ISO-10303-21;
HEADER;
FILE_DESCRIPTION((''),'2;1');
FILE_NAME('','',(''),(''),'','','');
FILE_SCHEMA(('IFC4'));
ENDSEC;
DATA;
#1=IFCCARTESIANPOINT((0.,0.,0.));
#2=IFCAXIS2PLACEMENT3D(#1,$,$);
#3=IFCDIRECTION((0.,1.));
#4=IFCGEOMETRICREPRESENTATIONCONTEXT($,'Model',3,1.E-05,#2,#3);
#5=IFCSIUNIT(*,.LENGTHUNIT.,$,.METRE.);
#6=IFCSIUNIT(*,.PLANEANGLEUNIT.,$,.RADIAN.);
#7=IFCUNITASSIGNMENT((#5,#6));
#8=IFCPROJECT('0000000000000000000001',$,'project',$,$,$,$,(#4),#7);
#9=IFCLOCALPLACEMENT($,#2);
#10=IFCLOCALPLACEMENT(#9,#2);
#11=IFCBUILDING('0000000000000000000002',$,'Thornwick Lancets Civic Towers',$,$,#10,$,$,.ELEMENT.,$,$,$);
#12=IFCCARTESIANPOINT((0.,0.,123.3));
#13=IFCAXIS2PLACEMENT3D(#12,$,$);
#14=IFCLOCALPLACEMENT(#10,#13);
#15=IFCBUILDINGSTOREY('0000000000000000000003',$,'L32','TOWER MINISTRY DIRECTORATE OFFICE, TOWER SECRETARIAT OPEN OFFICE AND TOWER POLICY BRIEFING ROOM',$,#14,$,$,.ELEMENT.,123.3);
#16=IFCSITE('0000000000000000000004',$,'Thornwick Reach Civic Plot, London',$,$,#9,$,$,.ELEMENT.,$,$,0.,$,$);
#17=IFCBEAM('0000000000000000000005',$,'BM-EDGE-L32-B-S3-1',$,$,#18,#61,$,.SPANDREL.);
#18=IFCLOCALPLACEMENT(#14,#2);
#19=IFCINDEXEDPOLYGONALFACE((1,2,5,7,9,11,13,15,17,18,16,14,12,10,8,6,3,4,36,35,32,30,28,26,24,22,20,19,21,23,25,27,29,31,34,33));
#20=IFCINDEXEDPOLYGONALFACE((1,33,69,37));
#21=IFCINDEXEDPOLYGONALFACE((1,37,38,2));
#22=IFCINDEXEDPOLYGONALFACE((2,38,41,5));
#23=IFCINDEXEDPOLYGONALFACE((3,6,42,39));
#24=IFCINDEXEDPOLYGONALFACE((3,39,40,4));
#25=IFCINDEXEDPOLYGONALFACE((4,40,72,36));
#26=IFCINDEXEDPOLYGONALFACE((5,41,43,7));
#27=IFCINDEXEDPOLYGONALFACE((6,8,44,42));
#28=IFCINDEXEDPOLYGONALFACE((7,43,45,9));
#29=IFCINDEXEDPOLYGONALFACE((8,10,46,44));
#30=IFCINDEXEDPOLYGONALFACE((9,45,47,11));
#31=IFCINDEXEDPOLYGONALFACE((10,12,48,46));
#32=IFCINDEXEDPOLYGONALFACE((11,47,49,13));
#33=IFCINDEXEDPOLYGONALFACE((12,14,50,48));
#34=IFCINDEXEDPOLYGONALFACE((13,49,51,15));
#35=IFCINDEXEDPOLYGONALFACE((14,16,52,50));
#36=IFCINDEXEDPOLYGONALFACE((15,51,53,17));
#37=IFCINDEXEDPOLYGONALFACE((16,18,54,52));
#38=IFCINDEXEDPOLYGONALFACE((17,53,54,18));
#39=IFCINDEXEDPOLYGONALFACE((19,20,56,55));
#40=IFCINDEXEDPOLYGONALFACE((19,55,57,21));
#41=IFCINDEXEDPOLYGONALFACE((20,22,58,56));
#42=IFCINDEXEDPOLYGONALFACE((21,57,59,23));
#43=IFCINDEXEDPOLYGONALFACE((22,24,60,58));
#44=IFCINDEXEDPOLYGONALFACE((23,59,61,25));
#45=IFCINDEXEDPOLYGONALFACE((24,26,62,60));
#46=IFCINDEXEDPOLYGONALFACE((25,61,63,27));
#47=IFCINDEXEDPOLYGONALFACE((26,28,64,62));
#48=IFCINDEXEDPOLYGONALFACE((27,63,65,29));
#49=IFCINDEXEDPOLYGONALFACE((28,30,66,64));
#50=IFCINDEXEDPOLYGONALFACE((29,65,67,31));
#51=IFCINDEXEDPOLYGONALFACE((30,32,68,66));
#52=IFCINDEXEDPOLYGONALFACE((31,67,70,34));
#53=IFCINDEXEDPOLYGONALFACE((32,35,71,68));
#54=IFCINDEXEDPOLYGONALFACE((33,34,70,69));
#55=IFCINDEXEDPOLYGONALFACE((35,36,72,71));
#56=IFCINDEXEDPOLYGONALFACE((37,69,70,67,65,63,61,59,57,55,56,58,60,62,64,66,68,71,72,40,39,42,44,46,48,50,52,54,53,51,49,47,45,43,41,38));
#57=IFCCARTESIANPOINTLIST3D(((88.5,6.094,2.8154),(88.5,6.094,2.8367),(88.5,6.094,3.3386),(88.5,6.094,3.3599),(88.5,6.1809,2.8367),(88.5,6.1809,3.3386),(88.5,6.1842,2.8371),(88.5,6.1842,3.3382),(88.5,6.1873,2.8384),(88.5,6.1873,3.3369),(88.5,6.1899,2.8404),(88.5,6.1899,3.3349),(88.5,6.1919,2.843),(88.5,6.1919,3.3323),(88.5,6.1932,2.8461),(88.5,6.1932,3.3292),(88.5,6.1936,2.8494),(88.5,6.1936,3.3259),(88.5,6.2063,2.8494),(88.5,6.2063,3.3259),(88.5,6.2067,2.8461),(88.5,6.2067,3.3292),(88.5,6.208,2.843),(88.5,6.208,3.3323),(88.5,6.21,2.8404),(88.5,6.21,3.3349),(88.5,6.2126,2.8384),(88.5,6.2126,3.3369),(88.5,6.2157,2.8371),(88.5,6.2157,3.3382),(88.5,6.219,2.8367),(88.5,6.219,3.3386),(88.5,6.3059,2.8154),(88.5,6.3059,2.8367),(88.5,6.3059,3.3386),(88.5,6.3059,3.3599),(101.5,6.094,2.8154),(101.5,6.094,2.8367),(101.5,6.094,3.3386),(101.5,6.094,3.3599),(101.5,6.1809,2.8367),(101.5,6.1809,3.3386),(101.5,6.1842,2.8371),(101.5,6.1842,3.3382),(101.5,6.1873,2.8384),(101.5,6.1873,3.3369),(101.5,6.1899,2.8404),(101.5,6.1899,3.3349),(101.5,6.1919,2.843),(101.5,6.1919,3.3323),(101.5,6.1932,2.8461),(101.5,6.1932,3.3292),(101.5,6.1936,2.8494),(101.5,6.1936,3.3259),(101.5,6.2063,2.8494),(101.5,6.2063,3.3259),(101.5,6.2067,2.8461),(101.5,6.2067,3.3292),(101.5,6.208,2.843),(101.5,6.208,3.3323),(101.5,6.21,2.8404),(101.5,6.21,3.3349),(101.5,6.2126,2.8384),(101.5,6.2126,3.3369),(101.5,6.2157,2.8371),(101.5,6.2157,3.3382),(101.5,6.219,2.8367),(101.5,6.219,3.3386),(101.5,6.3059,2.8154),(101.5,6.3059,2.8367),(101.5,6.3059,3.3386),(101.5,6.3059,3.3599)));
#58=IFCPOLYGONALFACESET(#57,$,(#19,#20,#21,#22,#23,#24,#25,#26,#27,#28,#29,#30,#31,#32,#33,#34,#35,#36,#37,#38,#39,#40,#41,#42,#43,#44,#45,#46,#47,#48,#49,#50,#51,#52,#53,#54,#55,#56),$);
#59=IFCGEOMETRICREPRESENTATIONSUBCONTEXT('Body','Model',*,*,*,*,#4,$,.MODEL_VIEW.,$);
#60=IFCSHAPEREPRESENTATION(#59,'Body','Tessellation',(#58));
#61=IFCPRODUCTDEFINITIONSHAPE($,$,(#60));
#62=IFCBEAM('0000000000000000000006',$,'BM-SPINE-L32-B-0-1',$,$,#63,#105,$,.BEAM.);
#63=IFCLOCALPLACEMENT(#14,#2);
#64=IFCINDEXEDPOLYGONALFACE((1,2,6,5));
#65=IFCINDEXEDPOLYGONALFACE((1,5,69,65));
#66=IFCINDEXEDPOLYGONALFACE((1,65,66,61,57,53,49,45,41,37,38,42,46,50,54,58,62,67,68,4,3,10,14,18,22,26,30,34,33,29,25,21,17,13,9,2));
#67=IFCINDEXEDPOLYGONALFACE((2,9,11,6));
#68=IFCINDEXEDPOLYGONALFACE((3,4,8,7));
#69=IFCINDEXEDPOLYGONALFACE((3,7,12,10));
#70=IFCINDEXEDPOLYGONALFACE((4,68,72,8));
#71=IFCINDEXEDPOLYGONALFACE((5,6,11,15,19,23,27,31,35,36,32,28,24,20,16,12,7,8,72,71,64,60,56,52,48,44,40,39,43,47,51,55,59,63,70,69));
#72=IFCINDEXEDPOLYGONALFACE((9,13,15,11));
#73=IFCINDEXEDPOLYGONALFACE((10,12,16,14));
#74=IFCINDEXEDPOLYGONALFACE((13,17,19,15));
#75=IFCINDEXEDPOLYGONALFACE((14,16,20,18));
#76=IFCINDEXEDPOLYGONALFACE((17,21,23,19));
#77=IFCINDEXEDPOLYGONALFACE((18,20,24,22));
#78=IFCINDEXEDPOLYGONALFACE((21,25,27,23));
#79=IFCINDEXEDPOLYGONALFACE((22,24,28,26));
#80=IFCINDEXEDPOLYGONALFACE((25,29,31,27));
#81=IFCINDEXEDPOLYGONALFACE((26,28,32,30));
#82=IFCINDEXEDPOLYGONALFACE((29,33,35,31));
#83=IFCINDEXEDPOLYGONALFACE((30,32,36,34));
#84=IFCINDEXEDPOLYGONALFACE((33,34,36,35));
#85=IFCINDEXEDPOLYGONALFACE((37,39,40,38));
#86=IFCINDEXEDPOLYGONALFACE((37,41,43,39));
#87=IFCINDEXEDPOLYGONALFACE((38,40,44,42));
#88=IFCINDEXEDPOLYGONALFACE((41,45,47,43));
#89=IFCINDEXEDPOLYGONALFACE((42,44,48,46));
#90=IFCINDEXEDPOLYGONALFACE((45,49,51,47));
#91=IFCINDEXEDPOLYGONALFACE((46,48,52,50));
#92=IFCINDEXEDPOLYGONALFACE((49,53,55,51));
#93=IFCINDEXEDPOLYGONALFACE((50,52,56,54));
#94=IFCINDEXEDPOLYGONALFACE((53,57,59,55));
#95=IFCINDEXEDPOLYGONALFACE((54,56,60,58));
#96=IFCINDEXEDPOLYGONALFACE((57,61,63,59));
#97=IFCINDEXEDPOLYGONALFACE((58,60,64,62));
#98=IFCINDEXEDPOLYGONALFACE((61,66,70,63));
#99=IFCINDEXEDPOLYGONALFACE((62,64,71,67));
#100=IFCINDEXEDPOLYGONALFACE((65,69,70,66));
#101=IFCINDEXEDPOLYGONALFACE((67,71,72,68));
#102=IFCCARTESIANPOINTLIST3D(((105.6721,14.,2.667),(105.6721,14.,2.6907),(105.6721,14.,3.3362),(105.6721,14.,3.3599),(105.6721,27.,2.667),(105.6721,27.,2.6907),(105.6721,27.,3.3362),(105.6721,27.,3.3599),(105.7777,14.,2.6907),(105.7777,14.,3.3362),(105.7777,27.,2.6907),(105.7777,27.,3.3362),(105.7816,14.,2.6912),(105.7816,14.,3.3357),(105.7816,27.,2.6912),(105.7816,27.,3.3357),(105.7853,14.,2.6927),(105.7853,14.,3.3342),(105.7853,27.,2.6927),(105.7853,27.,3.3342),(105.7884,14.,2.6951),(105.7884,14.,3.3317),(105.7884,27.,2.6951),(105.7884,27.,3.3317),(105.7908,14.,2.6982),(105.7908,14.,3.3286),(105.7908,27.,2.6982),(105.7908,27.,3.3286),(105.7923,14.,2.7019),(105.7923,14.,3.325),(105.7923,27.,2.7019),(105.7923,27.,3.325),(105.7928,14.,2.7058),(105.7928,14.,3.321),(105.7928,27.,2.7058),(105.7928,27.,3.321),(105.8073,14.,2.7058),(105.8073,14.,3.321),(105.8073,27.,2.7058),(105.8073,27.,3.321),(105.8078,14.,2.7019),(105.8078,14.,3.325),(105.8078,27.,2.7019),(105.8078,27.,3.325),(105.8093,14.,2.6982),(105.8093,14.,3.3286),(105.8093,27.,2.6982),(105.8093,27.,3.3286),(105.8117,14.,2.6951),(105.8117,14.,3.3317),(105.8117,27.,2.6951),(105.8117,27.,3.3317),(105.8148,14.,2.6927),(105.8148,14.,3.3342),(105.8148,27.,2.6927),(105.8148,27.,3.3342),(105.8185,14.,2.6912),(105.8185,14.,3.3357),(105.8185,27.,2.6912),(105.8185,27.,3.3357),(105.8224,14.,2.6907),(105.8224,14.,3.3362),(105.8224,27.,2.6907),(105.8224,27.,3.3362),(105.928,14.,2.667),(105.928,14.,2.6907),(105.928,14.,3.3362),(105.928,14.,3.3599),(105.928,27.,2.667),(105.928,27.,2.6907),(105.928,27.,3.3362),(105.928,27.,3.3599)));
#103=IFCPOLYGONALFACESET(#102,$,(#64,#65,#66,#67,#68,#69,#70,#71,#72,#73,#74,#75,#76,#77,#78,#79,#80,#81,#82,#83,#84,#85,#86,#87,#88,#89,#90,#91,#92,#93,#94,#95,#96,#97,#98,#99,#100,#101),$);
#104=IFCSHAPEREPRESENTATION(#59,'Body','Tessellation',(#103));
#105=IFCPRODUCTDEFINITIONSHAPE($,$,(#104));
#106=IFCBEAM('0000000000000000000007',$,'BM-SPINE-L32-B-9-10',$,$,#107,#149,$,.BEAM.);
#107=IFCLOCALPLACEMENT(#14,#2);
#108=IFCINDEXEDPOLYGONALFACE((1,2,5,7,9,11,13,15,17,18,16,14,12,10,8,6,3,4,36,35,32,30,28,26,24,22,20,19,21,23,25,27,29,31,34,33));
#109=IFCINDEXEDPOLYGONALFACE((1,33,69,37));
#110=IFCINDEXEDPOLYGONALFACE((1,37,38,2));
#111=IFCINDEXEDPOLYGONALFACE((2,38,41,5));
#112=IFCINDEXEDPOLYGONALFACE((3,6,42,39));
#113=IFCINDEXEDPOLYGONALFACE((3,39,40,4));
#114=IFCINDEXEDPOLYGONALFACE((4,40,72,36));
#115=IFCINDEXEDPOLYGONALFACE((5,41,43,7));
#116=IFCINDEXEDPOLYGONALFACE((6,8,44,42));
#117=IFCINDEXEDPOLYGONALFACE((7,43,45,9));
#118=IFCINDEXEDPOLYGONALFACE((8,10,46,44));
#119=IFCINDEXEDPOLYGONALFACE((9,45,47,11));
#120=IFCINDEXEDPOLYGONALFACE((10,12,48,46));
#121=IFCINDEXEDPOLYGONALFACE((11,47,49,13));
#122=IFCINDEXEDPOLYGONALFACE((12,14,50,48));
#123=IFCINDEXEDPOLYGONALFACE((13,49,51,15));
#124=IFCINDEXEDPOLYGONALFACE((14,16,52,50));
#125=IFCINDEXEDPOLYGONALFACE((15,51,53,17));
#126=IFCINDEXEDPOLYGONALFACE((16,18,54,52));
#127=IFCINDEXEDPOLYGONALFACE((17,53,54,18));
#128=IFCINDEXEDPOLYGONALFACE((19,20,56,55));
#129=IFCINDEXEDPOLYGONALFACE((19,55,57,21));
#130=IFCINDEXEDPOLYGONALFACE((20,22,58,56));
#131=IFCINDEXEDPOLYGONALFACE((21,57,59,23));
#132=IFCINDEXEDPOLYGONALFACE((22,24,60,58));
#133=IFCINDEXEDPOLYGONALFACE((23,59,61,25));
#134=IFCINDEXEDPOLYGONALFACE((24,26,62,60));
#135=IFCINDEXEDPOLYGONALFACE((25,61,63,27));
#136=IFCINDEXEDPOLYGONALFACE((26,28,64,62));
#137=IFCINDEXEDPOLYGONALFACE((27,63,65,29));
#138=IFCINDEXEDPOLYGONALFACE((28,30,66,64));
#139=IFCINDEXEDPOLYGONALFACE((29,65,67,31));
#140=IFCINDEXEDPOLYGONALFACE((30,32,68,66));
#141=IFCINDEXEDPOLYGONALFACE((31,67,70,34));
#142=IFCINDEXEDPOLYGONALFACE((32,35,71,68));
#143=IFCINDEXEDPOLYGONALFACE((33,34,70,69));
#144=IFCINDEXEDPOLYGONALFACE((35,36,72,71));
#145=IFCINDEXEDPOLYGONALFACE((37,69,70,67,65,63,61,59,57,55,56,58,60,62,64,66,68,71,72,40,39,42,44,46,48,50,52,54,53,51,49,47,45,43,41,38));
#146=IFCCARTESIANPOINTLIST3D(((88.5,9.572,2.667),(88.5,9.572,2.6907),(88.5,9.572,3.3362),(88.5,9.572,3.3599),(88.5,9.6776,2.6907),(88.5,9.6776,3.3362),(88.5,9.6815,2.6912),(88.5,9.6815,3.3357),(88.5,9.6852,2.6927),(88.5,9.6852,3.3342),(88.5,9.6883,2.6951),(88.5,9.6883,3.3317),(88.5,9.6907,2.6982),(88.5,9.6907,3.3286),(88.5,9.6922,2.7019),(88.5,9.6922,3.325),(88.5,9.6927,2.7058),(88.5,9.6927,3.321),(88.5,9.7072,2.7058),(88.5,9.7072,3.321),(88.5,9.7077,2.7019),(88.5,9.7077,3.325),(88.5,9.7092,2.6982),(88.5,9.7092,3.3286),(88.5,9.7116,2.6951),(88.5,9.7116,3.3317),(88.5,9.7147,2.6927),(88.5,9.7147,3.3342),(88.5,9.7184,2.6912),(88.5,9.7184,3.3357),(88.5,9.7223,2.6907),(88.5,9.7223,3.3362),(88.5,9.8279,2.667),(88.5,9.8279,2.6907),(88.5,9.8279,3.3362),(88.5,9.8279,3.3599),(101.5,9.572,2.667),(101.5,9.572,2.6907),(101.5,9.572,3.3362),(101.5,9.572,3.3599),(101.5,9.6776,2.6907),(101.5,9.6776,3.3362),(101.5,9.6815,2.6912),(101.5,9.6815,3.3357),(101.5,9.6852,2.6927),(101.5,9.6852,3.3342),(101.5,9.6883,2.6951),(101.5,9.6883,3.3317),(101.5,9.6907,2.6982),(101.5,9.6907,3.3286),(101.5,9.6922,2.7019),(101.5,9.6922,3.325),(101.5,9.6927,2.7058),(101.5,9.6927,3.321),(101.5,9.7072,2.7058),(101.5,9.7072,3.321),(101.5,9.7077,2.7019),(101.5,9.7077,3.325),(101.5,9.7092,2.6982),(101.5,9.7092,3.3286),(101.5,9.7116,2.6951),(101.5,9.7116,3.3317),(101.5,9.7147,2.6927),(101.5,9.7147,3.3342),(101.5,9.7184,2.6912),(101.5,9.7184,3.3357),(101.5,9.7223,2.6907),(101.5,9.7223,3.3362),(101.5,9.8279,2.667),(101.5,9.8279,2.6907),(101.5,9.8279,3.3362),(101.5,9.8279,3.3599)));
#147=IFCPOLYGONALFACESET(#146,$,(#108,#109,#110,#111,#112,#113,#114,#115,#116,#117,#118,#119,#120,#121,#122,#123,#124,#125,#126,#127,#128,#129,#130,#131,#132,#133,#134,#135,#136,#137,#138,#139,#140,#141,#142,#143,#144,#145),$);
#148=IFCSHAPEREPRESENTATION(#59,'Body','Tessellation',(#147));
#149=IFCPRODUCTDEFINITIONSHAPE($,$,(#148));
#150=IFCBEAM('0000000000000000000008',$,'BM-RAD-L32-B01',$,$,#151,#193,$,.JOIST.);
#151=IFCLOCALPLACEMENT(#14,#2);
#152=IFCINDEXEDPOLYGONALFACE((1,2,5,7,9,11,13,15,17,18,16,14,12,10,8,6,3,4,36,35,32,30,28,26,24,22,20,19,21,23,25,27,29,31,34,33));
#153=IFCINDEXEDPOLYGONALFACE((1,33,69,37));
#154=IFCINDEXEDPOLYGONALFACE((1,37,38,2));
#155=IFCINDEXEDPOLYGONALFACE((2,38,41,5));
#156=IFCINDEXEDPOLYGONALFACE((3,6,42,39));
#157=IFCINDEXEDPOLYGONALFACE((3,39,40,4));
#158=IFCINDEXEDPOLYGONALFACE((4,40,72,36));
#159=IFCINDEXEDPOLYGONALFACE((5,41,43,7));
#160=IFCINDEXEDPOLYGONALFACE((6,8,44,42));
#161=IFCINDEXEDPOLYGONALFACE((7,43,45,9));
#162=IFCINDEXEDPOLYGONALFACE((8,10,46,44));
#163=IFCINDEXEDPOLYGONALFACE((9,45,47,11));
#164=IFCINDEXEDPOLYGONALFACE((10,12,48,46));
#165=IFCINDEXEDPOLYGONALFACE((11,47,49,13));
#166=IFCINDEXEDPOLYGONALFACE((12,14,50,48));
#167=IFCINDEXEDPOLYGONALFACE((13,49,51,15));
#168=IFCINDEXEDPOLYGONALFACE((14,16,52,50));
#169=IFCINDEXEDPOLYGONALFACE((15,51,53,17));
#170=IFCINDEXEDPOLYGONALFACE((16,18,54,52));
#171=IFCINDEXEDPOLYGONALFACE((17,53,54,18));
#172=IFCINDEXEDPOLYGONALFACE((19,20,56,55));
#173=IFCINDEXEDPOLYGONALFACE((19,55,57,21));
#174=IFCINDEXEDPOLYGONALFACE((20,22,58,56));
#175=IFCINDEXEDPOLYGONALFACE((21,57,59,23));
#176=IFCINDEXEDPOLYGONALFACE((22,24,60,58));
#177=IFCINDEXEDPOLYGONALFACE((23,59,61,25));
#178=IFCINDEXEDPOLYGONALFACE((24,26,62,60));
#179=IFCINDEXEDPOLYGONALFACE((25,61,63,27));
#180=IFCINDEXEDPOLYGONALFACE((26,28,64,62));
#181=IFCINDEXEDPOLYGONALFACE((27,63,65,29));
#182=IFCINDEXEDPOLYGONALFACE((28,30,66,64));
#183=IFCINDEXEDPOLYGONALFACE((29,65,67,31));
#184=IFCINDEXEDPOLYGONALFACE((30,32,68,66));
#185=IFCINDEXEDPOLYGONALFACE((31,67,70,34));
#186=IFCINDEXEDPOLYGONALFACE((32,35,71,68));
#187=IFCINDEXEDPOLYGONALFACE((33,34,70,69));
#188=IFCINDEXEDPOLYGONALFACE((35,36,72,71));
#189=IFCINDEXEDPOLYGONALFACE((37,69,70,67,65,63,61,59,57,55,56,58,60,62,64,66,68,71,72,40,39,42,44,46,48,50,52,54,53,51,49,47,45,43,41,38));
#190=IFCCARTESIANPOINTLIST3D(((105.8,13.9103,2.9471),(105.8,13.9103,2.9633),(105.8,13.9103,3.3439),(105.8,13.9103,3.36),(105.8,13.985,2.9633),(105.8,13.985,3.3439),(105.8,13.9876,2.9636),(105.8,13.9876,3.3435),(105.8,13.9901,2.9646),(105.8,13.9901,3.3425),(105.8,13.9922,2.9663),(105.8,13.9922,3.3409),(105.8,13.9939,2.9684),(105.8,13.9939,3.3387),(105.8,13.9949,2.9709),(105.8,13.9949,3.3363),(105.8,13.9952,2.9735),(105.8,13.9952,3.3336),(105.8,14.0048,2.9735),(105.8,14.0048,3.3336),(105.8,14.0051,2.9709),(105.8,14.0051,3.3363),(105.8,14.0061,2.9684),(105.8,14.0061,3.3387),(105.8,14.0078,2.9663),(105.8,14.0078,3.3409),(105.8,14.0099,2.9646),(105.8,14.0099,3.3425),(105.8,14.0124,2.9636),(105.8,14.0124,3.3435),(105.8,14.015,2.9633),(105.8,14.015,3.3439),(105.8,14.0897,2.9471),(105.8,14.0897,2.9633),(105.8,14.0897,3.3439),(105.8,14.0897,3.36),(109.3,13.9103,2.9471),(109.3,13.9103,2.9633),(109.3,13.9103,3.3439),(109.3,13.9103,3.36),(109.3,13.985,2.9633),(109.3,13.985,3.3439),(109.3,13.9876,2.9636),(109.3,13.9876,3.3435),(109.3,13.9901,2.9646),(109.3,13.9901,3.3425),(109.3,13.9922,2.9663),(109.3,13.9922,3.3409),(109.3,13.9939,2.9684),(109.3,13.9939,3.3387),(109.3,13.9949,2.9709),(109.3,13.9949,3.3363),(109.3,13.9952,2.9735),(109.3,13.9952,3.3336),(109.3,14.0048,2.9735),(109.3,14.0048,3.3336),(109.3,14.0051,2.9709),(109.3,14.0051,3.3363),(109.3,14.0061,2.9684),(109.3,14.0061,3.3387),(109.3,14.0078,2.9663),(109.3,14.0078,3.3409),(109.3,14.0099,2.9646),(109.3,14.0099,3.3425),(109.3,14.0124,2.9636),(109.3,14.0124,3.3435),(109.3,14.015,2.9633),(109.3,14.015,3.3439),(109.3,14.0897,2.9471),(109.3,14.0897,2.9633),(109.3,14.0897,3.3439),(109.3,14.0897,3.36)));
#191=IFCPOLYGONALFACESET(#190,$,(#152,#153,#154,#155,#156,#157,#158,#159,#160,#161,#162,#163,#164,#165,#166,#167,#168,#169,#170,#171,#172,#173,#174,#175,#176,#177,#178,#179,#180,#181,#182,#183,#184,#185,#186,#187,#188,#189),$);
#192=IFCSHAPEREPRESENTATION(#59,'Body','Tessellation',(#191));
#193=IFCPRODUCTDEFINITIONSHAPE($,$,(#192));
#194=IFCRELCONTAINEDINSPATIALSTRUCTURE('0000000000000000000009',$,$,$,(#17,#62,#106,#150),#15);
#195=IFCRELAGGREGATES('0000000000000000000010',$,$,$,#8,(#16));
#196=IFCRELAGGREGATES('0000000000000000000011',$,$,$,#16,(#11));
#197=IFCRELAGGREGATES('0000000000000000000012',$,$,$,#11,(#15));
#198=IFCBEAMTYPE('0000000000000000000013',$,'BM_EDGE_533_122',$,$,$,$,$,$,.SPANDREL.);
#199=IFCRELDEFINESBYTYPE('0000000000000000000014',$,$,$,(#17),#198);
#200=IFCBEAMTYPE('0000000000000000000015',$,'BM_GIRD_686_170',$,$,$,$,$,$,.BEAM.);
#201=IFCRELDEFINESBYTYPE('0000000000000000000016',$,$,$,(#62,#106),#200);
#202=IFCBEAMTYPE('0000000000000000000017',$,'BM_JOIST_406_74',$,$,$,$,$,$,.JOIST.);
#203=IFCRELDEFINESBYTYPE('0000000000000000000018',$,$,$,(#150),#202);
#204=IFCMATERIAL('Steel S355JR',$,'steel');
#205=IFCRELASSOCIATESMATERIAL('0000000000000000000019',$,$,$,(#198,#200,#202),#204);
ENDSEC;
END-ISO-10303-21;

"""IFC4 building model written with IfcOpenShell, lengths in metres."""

from ifc_helpers import new_model, si_unit, direction, frame, origin, origin_2d, place, context, subcontext, project, spatial, i_section, extrude, material, material_profile, profile_set, type_object, element, save


model = new_model("IFC4")

# Units and contexts
model_context = context("Model", 3, precision=1e-05, world=origin(), true_north=direction((0.0, 1.0)))
body_context = subcontext(model_context, "Body", "Model", "MODEL_VIEW")
ifc_project = project(units=[si_unit("LENGTHUNIT", "METRE"), si_unit("PLANEANGLEUNIT", "RADIAN")], contexts=[model_context])

# Site, building, storey
site_placement = place(None, origin())
site = spatial("IfcSite", under=ifc_project, at=site_placement, Name="Thornwick Reach Civic Plot, London", CompositionType="ELEMENT", RefElevation=0.0)
building_placement = place(site_placement, origin())
building = spatial("IfcBuilding", under=site, at=building_placement, Name="Thornwick Lancets Civic Towers", CompositionType="ELEMENT")
storey_placement = place(building_placement, frame((0.0, 0.0, 123.3)))
storey = spatial("IfcBuildingStorey", under=building, at=storey_placement, Name="L32", Description="TOWER MINISTRY DIRECTORATE OFFICE, TOWER SECRETARIAT OPEN OFFICE AND TOWER POLICY BRIEFING ROOM", CompositionType="ELEMENT", Elevation=123.3)

# Beams
ifc_material_1 = material(Name="Steel S355JR", Category="steel")
ifc_material_profile_1 = material_profile(ifc_material_1, i_section(OverallWidth=0.2119, OverallDepth=0.5444, WebThickness=0.0127, FlangeThickness=0.0212, FilletRadius=0.0127, at=origin_2d()), Name="UKB 533x210x122")
ifc_profile_set_1 = profile_set([ifc_material_profile_1], Name="Steel S355JR")
beam_type_1 = type_object("IfcBeamType", Name="BM_EDGE_533_122", PredefinedType="SPANDREL", material=ifc_profile_set_1)
for number, where, z_axis, x_axis, name in (
    (1, (101.5, 6.2, 3.0876), (-1.0, 0.0, 0.0), (0.0, -1.0, 0.0), "BM-EDGE-L32-B-S3-1"),
):
    element("IfcBeam", number, at=place(storey_placement, frame(where, z_axis=z_axis, x_axis=x_axis)), inside=storey, type_object=beam_type_1, Name=name, PredefinedType="SPANDREL", context=body_context, shape_type="SweptSolid", body=[
        extrude(i_section(OverallWidth=0.2119, OverallDepth=0.5444, WebThickness=0.0127, FlangeThickness=0.0212, FilletRadius=0.0127, at=origin_2d()), origin(), (0.0, 0.0, 1.0), 13.0),
    ])
ifc_material_profile_2 = material_profile(ifc_material_1, i_section(OverallWidth=0.2559, OverallDepth=0.6929, WebThickness=0.0144, FlangeThickness=0.0237, FilletRadius=0.0151, at=origin_2d()), Name="UKB 686x254x170")
ifc_profile_set_2 = profile_set([ifc_material_profile_2], Name="Steel S355JR")
beam_type_2 = type_object("IfcBeamType", Name="BM_GIRD_686_170", PredefinedType="BEAM", material=ifc_profile_set_2)
for number, where, z_axis, x_axis, name in (
    (2, (105.8, 14.0, 3.0134), (0.0, 1.0, 0.0), (-1.0, 0.0, 0.0), "BM-SPINE-L32-B-0-1"),
    (3, (101.5, 9.7, 3.0134), (-1.0, 0.0, 0.0), (0.0, -1.0, 0.0), "BM-SPINE-L32-B-9-10"),
):
    element("IfcBeam", number, at=place(storey_placement, frame(where, z_axis=z_axis, x_axis=x_axis)), inside=storey, type_object=beam_type_2, Name=name, PredefinedType="BEAM", context=body_context, shape_type="SweptSolid", body=[
        extrude(i_section(OverallWidth=0.2559, OverallDepth=0.6929, WebThickness=0.0144, FlangeThickness=0.0237, FilletRadius=0.0151, at=origin_2d()), origin(), (0.0, 0.0, 1.0), 13.0),
    ])
ifc_material_profile_3 = material_profile(ifc_material_1, i_section(OverallWidth=0.1794, OverallDepth=0.4128, WebThickness=0.0095, FlangeThickness=0.0161, FilletRadius=0.0103, at=origin_2d()), Name="UKB 406x178x74")
ifc_profile_set_3 = profile_set([ifc_material_profile_3], Name="Steel S355JR")
beam_type_3 = type_object("IfcBeamType", Name="BM_JOIST_406_74", PredefinedType="JOIST", material=ifc_profile_set_3)
for number, where, z_axis, x_axis, name in (
    (4, (105.8, 14.0, 3.1536), (1.0, 0.0, 0.0), (0.0, 1.0, 0.0), "BM-RAD-L32-B01"),
):
    element("IfcBeam", number, at=place(storey_placement, frame(where, z_axis=z_axis, x_axis=x_axis)), inside=storey, type_object=beam_type_3, Name=name, PredefinedType="JOIST", context=body_context, shape_type="SweptSolid", body=[
        extrude(i_section(OverallWidth=0.1794, OverallDepth=0.4128, WebThickness=0.0095, FlangeThickness=0.0161, FilletRadius=0.0103, at=origin_2d()), origin(), (0.0, 0.0, 1.0), 3.5),
    ])

save(model, "model.ifc")
